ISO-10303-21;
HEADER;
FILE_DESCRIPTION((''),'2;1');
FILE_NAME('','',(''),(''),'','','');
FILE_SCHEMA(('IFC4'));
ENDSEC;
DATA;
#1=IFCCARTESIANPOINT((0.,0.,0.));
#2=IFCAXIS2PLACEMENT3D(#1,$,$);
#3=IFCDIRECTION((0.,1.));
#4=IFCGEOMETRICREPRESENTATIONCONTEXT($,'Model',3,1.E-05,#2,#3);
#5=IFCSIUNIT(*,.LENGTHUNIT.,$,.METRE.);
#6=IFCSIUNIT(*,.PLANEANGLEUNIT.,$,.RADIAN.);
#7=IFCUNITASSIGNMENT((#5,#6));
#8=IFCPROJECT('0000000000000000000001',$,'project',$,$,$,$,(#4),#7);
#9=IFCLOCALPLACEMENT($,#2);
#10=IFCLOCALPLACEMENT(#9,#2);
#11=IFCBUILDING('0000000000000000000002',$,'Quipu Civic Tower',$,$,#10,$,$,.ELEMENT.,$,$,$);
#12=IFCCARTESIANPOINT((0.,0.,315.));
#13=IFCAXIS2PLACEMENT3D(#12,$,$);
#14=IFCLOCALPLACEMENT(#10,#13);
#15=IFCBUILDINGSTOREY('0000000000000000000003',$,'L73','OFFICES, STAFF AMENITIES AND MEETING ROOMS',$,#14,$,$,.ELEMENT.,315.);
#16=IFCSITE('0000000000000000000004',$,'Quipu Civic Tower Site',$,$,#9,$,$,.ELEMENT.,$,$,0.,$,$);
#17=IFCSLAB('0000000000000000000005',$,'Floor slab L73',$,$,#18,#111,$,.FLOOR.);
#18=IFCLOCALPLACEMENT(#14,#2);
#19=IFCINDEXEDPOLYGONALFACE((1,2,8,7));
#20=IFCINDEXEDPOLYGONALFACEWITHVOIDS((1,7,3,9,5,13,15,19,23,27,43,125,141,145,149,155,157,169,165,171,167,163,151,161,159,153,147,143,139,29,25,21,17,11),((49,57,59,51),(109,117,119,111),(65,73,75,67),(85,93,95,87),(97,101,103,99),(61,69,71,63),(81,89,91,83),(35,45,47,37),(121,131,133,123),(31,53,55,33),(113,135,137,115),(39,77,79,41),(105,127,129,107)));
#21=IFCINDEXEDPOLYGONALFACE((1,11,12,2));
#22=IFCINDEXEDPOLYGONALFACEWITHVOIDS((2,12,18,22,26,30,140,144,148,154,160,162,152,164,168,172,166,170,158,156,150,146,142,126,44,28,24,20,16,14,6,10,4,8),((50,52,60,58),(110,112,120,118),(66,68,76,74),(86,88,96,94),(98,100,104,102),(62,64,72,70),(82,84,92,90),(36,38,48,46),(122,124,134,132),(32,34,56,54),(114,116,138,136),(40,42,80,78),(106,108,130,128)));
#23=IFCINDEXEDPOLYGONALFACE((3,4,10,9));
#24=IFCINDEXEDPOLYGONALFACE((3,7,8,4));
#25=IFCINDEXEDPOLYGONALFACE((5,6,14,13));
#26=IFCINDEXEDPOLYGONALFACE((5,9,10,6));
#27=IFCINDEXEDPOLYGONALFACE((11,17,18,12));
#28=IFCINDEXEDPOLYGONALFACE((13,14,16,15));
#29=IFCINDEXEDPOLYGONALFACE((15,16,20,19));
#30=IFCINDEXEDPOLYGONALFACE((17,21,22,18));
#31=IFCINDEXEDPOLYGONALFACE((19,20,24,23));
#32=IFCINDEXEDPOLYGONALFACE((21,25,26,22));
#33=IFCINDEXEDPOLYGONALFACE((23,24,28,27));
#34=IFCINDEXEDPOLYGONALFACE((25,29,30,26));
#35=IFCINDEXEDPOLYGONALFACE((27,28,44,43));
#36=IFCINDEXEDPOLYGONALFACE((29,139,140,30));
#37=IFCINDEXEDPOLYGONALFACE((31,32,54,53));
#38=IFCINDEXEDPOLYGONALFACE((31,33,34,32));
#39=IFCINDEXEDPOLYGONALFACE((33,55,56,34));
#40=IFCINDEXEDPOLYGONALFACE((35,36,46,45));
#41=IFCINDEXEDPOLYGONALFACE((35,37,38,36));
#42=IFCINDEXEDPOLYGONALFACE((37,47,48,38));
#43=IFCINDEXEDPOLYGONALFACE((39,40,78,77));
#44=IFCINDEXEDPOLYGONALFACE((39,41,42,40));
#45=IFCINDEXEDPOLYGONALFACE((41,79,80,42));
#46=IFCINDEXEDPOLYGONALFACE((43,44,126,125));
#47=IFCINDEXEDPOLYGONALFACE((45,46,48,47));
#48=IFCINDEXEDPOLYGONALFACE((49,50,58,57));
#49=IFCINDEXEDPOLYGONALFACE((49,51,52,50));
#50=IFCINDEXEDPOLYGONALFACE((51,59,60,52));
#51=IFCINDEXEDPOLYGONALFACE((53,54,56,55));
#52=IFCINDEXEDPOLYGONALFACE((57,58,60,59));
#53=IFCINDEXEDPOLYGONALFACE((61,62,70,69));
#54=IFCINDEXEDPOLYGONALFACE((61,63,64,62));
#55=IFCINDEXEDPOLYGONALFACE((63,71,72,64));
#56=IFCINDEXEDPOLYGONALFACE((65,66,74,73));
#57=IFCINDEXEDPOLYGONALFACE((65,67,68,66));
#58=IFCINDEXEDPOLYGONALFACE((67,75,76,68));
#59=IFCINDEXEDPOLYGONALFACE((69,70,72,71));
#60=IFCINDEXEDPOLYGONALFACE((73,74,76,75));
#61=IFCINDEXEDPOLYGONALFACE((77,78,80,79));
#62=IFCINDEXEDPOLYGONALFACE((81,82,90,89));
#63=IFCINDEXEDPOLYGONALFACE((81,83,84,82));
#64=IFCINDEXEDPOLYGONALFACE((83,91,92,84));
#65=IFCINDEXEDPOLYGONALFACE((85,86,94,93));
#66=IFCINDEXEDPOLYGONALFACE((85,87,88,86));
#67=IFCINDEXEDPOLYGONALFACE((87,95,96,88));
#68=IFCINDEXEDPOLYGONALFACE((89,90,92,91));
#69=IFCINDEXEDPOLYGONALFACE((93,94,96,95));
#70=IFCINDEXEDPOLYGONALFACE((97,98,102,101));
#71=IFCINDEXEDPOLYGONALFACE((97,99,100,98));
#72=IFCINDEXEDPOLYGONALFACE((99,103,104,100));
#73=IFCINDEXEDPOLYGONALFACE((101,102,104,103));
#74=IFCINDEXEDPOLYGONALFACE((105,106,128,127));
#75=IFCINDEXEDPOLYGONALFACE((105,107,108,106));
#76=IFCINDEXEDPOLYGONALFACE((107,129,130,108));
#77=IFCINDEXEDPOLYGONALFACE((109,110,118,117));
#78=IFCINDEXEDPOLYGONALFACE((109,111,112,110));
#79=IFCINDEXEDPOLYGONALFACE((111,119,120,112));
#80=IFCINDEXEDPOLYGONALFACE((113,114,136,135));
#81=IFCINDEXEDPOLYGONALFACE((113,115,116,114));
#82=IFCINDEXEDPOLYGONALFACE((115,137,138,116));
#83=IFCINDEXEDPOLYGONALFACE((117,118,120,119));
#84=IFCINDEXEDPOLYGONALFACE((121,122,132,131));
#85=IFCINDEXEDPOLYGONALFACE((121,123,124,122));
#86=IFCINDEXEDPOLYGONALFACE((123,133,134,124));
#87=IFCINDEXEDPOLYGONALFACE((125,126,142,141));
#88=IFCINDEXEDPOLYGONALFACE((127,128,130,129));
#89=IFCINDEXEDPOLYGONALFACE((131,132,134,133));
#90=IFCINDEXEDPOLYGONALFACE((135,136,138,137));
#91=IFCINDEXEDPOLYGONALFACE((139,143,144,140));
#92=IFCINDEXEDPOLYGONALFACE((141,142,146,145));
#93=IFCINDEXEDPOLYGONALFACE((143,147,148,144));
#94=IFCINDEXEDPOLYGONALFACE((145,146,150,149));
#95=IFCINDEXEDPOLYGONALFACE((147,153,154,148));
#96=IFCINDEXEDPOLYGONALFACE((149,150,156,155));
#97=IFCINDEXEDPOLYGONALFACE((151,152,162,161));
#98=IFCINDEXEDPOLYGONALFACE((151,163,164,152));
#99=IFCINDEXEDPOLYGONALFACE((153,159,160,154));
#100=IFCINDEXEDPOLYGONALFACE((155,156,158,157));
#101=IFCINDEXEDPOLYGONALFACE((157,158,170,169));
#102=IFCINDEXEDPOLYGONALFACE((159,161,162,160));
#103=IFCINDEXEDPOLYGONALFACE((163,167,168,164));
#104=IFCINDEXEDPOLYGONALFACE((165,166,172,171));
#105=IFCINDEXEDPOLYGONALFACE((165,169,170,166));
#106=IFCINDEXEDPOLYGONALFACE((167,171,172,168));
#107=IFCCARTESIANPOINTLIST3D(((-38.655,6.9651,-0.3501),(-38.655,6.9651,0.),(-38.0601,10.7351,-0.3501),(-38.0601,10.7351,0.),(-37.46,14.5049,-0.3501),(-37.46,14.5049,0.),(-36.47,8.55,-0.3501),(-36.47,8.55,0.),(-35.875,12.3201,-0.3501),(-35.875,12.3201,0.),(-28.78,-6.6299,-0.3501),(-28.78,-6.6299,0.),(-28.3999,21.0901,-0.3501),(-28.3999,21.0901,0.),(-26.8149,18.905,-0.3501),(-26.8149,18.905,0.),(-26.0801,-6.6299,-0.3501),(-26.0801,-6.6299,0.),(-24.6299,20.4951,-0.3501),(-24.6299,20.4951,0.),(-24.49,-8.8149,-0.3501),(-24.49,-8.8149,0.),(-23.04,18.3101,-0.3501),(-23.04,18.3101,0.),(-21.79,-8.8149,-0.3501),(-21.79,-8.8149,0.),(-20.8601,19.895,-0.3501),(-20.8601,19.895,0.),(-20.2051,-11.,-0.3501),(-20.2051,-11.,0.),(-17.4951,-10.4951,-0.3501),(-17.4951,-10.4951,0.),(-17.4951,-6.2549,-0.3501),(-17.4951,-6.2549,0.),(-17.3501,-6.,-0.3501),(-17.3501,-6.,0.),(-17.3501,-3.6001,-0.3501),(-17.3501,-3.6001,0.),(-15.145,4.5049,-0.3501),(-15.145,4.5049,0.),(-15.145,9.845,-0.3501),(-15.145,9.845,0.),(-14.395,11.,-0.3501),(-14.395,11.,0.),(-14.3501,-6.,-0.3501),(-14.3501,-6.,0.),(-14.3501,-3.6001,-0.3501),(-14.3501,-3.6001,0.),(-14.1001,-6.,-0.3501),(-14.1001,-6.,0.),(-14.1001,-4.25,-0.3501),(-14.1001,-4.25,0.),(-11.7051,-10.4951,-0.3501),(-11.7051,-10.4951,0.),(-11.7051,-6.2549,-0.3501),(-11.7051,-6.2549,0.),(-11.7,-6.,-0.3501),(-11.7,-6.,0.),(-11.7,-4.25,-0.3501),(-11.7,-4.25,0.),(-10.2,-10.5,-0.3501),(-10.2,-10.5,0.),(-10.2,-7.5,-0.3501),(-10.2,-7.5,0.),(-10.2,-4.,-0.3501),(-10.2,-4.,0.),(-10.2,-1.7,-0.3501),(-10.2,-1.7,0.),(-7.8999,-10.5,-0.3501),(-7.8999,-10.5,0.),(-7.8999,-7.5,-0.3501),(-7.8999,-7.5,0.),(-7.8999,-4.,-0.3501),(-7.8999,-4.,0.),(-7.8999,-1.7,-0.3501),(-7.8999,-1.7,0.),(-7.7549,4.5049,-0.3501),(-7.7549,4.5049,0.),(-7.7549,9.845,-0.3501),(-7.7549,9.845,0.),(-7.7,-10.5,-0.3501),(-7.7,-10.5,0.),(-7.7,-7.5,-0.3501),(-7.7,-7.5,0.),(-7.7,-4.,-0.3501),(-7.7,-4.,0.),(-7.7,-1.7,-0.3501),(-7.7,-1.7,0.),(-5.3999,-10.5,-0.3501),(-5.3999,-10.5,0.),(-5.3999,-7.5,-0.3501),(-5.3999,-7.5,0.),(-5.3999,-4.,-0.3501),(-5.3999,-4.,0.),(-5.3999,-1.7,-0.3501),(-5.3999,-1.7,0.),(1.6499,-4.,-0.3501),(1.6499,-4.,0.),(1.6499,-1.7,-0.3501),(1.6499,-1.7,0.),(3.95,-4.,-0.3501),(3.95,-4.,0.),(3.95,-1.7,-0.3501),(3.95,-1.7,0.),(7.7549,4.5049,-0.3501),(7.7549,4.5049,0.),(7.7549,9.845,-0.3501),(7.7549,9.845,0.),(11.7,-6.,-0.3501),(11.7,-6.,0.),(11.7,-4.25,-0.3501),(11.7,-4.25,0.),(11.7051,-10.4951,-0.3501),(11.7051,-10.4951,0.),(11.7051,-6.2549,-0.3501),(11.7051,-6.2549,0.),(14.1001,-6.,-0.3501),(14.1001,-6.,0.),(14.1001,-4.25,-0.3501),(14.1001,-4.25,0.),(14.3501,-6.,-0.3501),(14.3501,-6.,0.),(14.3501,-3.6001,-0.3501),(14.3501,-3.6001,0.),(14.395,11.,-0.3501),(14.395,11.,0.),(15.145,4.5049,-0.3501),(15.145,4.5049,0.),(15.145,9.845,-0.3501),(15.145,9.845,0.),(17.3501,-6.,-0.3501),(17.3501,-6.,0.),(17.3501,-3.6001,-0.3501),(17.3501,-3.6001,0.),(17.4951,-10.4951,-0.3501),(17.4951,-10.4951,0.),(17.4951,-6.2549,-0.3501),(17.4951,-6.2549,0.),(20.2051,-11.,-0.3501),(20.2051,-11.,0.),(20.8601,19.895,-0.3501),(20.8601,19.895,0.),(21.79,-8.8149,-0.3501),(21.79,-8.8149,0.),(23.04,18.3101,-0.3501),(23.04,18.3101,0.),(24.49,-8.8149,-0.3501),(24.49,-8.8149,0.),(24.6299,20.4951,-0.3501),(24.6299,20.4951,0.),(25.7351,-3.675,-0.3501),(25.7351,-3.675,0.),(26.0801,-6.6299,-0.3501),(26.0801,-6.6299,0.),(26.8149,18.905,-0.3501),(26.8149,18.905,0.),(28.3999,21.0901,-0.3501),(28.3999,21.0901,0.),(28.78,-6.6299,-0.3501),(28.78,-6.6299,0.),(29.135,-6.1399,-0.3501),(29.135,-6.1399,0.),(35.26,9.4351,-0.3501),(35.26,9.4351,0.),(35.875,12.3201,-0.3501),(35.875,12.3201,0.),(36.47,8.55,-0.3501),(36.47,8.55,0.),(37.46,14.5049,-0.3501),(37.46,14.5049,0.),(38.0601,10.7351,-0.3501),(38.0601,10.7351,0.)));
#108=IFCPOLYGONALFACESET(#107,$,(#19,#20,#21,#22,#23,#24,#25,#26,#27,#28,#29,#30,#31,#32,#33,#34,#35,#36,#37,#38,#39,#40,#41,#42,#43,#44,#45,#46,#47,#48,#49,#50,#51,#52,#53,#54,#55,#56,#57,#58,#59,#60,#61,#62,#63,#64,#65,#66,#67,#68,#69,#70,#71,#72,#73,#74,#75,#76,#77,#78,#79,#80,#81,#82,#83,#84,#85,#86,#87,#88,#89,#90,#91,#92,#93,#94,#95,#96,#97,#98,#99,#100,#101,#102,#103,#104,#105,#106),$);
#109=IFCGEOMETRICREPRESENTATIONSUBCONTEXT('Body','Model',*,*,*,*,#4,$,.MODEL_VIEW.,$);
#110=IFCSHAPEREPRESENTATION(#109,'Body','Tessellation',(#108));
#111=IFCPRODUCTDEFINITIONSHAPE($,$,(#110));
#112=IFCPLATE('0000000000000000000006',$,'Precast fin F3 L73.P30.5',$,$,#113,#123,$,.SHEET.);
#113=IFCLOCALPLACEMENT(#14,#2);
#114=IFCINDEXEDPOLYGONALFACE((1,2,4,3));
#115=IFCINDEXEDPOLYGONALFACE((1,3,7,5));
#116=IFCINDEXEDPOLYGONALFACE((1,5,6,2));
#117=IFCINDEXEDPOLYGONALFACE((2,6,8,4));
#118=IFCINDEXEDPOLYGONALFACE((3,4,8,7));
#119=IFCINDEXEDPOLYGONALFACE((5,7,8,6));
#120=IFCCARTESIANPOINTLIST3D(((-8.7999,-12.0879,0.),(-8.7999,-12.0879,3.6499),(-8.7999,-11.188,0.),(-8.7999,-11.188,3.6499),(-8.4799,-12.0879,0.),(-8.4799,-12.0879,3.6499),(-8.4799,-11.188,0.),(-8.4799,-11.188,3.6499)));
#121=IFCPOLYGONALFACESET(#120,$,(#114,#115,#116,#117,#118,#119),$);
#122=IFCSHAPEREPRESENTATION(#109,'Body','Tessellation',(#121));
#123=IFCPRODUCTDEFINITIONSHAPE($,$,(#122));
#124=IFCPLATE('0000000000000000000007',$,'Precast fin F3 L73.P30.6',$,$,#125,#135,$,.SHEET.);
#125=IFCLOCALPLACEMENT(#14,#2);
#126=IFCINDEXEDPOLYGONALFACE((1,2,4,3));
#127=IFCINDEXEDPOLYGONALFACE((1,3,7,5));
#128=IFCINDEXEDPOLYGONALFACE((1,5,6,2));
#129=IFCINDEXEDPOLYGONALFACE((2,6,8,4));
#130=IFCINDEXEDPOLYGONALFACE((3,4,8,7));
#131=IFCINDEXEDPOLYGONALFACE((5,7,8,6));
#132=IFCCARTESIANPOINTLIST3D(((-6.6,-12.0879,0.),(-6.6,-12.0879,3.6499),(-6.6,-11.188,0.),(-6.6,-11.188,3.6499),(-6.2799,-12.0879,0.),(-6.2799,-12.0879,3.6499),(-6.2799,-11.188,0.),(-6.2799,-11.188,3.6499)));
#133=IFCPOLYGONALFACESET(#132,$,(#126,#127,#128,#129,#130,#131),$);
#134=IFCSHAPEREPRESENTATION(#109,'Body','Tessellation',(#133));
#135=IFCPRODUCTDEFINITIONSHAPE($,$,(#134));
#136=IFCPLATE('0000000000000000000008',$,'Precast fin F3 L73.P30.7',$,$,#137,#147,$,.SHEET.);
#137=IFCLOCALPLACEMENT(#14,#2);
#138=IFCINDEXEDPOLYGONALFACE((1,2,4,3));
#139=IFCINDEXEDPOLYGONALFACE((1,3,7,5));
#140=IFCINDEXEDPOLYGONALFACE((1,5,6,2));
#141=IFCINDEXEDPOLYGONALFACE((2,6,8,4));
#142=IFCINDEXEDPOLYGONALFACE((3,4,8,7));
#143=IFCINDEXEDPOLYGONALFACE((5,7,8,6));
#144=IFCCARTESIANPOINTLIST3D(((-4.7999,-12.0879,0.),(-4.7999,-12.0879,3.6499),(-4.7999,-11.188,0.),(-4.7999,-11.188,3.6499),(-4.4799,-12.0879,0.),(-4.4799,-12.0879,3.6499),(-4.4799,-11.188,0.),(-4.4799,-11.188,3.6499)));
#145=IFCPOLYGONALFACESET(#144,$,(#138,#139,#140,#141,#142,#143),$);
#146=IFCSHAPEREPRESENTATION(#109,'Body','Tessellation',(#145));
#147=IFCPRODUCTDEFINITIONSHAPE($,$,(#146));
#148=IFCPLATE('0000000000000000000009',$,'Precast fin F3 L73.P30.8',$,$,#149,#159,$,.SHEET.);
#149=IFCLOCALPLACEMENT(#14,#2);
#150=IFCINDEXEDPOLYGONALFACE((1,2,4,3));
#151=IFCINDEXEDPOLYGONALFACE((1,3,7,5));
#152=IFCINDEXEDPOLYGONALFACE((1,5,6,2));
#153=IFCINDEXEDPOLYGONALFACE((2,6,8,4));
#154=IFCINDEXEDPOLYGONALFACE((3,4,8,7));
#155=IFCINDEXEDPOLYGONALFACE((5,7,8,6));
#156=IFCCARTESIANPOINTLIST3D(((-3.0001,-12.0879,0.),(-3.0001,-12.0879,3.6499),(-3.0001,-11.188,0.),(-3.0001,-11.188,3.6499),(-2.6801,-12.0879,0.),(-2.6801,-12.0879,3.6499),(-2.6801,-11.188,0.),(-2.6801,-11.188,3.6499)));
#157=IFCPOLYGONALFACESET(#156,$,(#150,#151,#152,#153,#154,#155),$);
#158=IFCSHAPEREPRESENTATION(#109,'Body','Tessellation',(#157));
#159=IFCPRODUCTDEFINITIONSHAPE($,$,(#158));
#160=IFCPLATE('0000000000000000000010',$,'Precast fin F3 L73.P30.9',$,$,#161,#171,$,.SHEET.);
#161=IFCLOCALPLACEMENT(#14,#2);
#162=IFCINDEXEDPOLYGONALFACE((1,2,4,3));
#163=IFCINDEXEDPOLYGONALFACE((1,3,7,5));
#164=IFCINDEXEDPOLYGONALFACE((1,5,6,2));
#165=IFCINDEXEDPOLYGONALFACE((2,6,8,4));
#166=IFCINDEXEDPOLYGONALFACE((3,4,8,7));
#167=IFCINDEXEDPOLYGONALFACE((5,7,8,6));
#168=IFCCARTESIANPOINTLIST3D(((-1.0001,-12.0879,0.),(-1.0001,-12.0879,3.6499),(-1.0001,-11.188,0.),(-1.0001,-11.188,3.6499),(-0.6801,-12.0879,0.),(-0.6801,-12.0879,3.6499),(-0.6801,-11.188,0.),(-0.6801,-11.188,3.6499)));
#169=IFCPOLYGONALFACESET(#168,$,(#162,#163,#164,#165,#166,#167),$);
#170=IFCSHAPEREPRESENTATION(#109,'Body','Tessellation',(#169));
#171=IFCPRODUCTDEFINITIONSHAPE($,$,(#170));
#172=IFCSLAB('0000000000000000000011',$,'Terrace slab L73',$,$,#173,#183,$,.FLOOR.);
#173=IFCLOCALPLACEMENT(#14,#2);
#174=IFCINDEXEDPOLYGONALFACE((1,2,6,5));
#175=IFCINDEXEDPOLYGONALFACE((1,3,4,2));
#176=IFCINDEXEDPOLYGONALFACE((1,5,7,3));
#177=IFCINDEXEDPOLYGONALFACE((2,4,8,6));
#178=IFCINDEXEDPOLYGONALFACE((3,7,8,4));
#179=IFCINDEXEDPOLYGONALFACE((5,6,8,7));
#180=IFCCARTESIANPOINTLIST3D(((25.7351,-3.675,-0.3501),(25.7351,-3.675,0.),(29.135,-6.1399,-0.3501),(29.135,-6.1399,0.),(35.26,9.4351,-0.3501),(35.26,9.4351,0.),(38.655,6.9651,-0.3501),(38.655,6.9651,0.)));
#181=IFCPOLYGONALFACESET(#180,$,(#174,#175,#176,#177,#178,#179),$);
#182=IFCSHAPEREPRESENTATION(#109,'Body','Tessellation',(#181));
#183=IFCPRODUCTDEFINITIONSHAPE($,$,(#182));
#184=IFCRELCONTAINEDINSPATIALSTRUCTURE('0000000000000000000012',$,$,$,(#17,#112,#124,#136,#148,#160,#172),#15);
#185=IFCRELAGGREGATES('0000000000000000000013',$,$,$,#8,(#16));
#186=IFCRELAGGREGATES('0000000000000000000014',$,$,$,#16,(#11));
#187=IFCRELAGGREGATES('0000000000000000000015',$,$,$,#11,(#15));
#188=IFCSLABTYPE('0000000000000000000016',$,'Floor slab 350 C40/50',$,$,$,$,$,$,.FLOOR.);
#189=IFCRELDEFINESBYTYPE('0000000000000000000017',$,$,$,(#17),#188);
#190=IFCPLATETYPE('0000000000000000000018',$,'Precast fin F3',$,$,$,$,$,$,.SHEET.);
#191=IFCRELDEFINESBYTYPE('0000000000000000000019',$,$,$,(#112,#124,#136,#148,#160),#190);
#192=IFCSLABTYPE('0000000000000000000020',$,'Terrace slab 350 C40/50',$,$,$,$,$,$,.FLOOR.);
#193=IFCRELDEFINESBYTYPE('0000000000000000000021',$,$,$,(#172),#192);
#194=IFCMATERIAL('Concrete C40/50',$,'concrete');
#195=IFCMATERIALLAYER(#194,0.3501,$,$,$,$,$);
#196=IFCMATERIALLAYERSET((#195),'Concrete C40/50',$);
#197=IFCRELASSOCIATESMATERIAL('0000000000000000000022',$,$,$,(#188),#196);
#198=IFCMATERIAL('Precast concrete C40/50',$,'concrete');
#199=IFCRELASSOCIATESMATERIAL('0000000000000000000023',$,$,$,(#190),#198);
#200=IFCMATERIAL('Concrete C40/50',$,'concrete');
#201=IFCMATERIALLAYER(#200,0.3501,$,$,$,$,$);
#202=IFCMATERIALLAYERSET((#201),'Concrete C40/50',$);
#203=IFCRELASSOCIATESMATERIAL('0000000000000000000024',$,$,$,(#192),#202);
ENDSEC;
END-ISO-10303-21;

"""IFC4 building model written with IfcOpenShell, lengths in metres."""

from ifc_helpers import new_model, si_unit, direction, frame, origin, origin_2d, place, context, subcontext, project, spatial, polyline, rectangle, outline, extrude, material, layer, layer_set, type_object, element, save


model = new_model("IFC4")

# Units and contexts
model_context = context("Model", 3, precision=1e-05, world=origin(), true_north=direction((0.0, 1.0)))
body_context = subcontext(model_context, "Body", "Model", "MODEL_VIEW")
ifc_project = project(units=[si_unit("LENGTHUNIT", "METRE"), si_unit("PLANEANGLEUNIT", "RADIAN")], contexts=[model_context])

# Site, building, storey
site_placement = place(None, origin())
site = spatial("IfcSite", under=ifc_project, at=site_placement, Name="Quipu Civic Tower Site", CompositionType="ELEMENT", RefElevation=0.0)
building_placement = place(site_placement, origin())
building = spatial("IfcBuilding", under=site, at=building_placement, Name="Quipu Civic Tower", CompositionType="ELEMENT")
storey_placement = place(building_placement, frame((0.0, 0.0, 315.0)))
storey = spatial("IfcBuildingStorey", under=building, at=storey_placement, Name="L73", Description="OFFICES, STAFF AMENITIES AND MEETING ROOMS", CompositionType="ELEMENT", Elevation=315.0)

# Slab
ifc_material_1 = material(Name="Concrete C40/50", Category="concrete")
ifc_layer_1 = layer(ifc_material_1, 0.3501)
ifc_layer_set_1 = layer_set([ifc_layer_1], Name="Concrete C40/50")
slab_type_1 = type_object("IfcSlabType", Name="Floor slab 350 C40/50", PredefinedType="FLOOR", material=ifc_layer_set_1)
slab_1_placement = place(storey_placement, frame((0.0, 0.0, -0.3501)))
element("IfcSlab", 1, at=slab_1_placement, inside=storey, type_object=slab_type_1, Name="Floor slab L73", PredefinedType="FLOOR", context=body_context, shape_type="SweptSolid", body=[
    extrude(outline(polyline([(24.49, -8.8149), (21.79, -8.8149), (20.2051, -11.0), (-20.2051, -11.0), (-21.79, -8.8149), (-24.49, -8.8149), (-26.0801, -6.6299), (-28.78, -6.6299), (-38.655, 6.9651), (-36.47, 8.55), (-38.0601, 10.7351), (-35.875, 12.3201), (-37.46, 14.5049), (-28.3999, 21.0901), (-26.8149, 18.905), (-24.6299, 20.4951), (-23.04, 18.3101), (-20.8601, 19.895), (-14.395, 11.0), (14.395, 11.0), (20.8601, 19.895), (23.04, 18.3101), (24.6299, 20.4951), (26.8149, 18.905), (28.3999, 21.0901), (37.46, 14.5049), (35.875, 12.3201), (38.0601, 10.7351), (36.47, 8.55), (35.26, 9.4351), (25.7351, -3.675), (29.135, -6.1399), (28.78, -6.6299), (26.0801, -6.6299), (24.49, -8.8149)]), holes=[polyline([(-10.2, -10.5), (-7.8999, -10.5), (-7.8999, -7.5), (-10.2, -7.5), (-10.2, -10.5)]), polyline([(-7.7, -7.5), (-7.7, -10.5), (-5.3999, -10.5), (-5.3999, -7.5), (-7.7, -7.5)]), polyline([(-11.7051, -6.2549), (-17.4951, -6.2549), (-17.4951, -10.4951), (-11.7051, -10.4951), (-11.7051, -6.2549)]), polyline([(-14.1001, -6.0), (-11.7, -6.0), (-11.7, -4.25), (-14.1001, -4.25), (-14.1001, -6.0)]), polyline([(-17.3501, -3.6001), (-17.3501, -6.0), (-14.3501, -6.0), (-14.3501, -3.6001), (-17.3501, -3.6001)]), polyline([(-10.2, -1.7), (-10.2, -4.0), (-7.8999, -4.0), (-7.8999, -1.7), (-10.2, -1.7)]), polyline([(-15.145, 9.845), (-15.145, 4.5049), (-7.7549, 4.5049), (-7.7549, 9.845), (-15.145, 9.845)]), polyline([(11.7051, -10.4951), (17.4951, -10.4951), (17.4951, -6.2549), (11.7051, -6.2549), (11.7051, -10.4951)]), polyline([(11.7, -4.25), (11.7, -6.0), (14.1001, -6.0), (14.1001, -4.25), (11.7, -4.25)]), polyline([(14.3501, -3.6001), (14.3501, -6.0), (17.3501, -6.0), (17.3501, -3.6001), (14.3501, -3.6001)]), polyline([(-7.7, -1.7), (-7.7, -4.0), (-5.3999, -4.0), (-5.3999, -1.7), (-7.7, -1.7)]), polyline([(1.6499, -1.7), (1.6499, -4.0), (3.95, -4.0), (3.95, -1.7), (1.6499, -1.7)]), polyline([(7.7549, 4.5049), (15.145, 4.5049), (15.145, 9.845), (7.7549, 9.845), (7.7549, 4.5049)])]), origin(), (0.0, 0.0, 1.0), 0.3501),
])

# Plates
ifc_material_2 = material(Name="Precast concrete C40/50", Category="concrete")
plate_type = type_object("IfcPlateType", Name="Precast fin F3", PredefinedType="SHEET", material=ifc_material_2)
for number, where, z_axis, x_axis, name in (
    (2, (-8.6399, -11.6379, 0.0), (0.0, 0.0, 1.0), (1.0, 0.0, 0.0), "Precast fin F3 L73.P30.5"),
    (3, (-6.4399, -11.6379, 0.0), (0.0, 0.0, 1.0), (1.0, 0.0, 0.0), "Precast fin F3 L73.P30.6"),
    (4, (-4.6399, -11.6379, 0.0), (0.0, 0.0, 1.0), (1.0, 0.0, 0.0), "Precast fin F3 L73.P30.7"),
    (5, (-2.8401, -11.6379, 0.0), (0.0, 0.0, 1.0), (1.0, 0.0, 0.0), "Precast fin F3 L73.P30.8"),
    (6, (-0.8401, -11.6379, 0.0), (0.0, 0.0, 1.0), (1.0, 0.0, 0.0), "Precast fin F3 L73.P30.9"),
):
    element("IfcPlate", number, at=place(storey_placement, frame(where, z_axis=z_axis, x_axis=x_axis)), inside=storey, type_object=plate_type, Name=name, PredefinedType="SHEET", context=body_context, shape_type="SweptSolid", body=[
        extrude(rectangle(XDim=0.3201, YDim=0.8999, at=origin_2d()), origin(), (0.0, 0.0, 1.0), 3.6499),
    ])

# Slab
ifc_material_3 = material(Name="Concrete C40/50", Category="concrete")
ifc_layer_2 = layer(ifc_material_3, 0.3501)
ifc_layer_set_2 = layer_set([ifc_layer_2], Name="Concrete C40/50")
slab_type_2 = type_object("IfcSlabType", Name="Terrace slab 350 C40/50", PredefinedType="FLOOR", material=ifc_layer_set_2)
slab_2_placement = place(storey_placement, frame((0.0, 0.0, -0.3501)))
element("IfcSlab", 7, at=slab_2_placement, inside=storey, type_object=slab_type_2, Name="Terrace slab L73", PredefinedType="FLOOR", context=body_context, shape_type="SweptSolid", body=[
    extrude(outline(polyline([(38.655, 6.9651), (29.135, -6.1399), (25.7351, -3.675), (35.26, 9.4351), (38.655, 6.9651)])), origin(), (0.0, 0.0, 1.0), 0.3501),
])

save(model, "model.ifc")
